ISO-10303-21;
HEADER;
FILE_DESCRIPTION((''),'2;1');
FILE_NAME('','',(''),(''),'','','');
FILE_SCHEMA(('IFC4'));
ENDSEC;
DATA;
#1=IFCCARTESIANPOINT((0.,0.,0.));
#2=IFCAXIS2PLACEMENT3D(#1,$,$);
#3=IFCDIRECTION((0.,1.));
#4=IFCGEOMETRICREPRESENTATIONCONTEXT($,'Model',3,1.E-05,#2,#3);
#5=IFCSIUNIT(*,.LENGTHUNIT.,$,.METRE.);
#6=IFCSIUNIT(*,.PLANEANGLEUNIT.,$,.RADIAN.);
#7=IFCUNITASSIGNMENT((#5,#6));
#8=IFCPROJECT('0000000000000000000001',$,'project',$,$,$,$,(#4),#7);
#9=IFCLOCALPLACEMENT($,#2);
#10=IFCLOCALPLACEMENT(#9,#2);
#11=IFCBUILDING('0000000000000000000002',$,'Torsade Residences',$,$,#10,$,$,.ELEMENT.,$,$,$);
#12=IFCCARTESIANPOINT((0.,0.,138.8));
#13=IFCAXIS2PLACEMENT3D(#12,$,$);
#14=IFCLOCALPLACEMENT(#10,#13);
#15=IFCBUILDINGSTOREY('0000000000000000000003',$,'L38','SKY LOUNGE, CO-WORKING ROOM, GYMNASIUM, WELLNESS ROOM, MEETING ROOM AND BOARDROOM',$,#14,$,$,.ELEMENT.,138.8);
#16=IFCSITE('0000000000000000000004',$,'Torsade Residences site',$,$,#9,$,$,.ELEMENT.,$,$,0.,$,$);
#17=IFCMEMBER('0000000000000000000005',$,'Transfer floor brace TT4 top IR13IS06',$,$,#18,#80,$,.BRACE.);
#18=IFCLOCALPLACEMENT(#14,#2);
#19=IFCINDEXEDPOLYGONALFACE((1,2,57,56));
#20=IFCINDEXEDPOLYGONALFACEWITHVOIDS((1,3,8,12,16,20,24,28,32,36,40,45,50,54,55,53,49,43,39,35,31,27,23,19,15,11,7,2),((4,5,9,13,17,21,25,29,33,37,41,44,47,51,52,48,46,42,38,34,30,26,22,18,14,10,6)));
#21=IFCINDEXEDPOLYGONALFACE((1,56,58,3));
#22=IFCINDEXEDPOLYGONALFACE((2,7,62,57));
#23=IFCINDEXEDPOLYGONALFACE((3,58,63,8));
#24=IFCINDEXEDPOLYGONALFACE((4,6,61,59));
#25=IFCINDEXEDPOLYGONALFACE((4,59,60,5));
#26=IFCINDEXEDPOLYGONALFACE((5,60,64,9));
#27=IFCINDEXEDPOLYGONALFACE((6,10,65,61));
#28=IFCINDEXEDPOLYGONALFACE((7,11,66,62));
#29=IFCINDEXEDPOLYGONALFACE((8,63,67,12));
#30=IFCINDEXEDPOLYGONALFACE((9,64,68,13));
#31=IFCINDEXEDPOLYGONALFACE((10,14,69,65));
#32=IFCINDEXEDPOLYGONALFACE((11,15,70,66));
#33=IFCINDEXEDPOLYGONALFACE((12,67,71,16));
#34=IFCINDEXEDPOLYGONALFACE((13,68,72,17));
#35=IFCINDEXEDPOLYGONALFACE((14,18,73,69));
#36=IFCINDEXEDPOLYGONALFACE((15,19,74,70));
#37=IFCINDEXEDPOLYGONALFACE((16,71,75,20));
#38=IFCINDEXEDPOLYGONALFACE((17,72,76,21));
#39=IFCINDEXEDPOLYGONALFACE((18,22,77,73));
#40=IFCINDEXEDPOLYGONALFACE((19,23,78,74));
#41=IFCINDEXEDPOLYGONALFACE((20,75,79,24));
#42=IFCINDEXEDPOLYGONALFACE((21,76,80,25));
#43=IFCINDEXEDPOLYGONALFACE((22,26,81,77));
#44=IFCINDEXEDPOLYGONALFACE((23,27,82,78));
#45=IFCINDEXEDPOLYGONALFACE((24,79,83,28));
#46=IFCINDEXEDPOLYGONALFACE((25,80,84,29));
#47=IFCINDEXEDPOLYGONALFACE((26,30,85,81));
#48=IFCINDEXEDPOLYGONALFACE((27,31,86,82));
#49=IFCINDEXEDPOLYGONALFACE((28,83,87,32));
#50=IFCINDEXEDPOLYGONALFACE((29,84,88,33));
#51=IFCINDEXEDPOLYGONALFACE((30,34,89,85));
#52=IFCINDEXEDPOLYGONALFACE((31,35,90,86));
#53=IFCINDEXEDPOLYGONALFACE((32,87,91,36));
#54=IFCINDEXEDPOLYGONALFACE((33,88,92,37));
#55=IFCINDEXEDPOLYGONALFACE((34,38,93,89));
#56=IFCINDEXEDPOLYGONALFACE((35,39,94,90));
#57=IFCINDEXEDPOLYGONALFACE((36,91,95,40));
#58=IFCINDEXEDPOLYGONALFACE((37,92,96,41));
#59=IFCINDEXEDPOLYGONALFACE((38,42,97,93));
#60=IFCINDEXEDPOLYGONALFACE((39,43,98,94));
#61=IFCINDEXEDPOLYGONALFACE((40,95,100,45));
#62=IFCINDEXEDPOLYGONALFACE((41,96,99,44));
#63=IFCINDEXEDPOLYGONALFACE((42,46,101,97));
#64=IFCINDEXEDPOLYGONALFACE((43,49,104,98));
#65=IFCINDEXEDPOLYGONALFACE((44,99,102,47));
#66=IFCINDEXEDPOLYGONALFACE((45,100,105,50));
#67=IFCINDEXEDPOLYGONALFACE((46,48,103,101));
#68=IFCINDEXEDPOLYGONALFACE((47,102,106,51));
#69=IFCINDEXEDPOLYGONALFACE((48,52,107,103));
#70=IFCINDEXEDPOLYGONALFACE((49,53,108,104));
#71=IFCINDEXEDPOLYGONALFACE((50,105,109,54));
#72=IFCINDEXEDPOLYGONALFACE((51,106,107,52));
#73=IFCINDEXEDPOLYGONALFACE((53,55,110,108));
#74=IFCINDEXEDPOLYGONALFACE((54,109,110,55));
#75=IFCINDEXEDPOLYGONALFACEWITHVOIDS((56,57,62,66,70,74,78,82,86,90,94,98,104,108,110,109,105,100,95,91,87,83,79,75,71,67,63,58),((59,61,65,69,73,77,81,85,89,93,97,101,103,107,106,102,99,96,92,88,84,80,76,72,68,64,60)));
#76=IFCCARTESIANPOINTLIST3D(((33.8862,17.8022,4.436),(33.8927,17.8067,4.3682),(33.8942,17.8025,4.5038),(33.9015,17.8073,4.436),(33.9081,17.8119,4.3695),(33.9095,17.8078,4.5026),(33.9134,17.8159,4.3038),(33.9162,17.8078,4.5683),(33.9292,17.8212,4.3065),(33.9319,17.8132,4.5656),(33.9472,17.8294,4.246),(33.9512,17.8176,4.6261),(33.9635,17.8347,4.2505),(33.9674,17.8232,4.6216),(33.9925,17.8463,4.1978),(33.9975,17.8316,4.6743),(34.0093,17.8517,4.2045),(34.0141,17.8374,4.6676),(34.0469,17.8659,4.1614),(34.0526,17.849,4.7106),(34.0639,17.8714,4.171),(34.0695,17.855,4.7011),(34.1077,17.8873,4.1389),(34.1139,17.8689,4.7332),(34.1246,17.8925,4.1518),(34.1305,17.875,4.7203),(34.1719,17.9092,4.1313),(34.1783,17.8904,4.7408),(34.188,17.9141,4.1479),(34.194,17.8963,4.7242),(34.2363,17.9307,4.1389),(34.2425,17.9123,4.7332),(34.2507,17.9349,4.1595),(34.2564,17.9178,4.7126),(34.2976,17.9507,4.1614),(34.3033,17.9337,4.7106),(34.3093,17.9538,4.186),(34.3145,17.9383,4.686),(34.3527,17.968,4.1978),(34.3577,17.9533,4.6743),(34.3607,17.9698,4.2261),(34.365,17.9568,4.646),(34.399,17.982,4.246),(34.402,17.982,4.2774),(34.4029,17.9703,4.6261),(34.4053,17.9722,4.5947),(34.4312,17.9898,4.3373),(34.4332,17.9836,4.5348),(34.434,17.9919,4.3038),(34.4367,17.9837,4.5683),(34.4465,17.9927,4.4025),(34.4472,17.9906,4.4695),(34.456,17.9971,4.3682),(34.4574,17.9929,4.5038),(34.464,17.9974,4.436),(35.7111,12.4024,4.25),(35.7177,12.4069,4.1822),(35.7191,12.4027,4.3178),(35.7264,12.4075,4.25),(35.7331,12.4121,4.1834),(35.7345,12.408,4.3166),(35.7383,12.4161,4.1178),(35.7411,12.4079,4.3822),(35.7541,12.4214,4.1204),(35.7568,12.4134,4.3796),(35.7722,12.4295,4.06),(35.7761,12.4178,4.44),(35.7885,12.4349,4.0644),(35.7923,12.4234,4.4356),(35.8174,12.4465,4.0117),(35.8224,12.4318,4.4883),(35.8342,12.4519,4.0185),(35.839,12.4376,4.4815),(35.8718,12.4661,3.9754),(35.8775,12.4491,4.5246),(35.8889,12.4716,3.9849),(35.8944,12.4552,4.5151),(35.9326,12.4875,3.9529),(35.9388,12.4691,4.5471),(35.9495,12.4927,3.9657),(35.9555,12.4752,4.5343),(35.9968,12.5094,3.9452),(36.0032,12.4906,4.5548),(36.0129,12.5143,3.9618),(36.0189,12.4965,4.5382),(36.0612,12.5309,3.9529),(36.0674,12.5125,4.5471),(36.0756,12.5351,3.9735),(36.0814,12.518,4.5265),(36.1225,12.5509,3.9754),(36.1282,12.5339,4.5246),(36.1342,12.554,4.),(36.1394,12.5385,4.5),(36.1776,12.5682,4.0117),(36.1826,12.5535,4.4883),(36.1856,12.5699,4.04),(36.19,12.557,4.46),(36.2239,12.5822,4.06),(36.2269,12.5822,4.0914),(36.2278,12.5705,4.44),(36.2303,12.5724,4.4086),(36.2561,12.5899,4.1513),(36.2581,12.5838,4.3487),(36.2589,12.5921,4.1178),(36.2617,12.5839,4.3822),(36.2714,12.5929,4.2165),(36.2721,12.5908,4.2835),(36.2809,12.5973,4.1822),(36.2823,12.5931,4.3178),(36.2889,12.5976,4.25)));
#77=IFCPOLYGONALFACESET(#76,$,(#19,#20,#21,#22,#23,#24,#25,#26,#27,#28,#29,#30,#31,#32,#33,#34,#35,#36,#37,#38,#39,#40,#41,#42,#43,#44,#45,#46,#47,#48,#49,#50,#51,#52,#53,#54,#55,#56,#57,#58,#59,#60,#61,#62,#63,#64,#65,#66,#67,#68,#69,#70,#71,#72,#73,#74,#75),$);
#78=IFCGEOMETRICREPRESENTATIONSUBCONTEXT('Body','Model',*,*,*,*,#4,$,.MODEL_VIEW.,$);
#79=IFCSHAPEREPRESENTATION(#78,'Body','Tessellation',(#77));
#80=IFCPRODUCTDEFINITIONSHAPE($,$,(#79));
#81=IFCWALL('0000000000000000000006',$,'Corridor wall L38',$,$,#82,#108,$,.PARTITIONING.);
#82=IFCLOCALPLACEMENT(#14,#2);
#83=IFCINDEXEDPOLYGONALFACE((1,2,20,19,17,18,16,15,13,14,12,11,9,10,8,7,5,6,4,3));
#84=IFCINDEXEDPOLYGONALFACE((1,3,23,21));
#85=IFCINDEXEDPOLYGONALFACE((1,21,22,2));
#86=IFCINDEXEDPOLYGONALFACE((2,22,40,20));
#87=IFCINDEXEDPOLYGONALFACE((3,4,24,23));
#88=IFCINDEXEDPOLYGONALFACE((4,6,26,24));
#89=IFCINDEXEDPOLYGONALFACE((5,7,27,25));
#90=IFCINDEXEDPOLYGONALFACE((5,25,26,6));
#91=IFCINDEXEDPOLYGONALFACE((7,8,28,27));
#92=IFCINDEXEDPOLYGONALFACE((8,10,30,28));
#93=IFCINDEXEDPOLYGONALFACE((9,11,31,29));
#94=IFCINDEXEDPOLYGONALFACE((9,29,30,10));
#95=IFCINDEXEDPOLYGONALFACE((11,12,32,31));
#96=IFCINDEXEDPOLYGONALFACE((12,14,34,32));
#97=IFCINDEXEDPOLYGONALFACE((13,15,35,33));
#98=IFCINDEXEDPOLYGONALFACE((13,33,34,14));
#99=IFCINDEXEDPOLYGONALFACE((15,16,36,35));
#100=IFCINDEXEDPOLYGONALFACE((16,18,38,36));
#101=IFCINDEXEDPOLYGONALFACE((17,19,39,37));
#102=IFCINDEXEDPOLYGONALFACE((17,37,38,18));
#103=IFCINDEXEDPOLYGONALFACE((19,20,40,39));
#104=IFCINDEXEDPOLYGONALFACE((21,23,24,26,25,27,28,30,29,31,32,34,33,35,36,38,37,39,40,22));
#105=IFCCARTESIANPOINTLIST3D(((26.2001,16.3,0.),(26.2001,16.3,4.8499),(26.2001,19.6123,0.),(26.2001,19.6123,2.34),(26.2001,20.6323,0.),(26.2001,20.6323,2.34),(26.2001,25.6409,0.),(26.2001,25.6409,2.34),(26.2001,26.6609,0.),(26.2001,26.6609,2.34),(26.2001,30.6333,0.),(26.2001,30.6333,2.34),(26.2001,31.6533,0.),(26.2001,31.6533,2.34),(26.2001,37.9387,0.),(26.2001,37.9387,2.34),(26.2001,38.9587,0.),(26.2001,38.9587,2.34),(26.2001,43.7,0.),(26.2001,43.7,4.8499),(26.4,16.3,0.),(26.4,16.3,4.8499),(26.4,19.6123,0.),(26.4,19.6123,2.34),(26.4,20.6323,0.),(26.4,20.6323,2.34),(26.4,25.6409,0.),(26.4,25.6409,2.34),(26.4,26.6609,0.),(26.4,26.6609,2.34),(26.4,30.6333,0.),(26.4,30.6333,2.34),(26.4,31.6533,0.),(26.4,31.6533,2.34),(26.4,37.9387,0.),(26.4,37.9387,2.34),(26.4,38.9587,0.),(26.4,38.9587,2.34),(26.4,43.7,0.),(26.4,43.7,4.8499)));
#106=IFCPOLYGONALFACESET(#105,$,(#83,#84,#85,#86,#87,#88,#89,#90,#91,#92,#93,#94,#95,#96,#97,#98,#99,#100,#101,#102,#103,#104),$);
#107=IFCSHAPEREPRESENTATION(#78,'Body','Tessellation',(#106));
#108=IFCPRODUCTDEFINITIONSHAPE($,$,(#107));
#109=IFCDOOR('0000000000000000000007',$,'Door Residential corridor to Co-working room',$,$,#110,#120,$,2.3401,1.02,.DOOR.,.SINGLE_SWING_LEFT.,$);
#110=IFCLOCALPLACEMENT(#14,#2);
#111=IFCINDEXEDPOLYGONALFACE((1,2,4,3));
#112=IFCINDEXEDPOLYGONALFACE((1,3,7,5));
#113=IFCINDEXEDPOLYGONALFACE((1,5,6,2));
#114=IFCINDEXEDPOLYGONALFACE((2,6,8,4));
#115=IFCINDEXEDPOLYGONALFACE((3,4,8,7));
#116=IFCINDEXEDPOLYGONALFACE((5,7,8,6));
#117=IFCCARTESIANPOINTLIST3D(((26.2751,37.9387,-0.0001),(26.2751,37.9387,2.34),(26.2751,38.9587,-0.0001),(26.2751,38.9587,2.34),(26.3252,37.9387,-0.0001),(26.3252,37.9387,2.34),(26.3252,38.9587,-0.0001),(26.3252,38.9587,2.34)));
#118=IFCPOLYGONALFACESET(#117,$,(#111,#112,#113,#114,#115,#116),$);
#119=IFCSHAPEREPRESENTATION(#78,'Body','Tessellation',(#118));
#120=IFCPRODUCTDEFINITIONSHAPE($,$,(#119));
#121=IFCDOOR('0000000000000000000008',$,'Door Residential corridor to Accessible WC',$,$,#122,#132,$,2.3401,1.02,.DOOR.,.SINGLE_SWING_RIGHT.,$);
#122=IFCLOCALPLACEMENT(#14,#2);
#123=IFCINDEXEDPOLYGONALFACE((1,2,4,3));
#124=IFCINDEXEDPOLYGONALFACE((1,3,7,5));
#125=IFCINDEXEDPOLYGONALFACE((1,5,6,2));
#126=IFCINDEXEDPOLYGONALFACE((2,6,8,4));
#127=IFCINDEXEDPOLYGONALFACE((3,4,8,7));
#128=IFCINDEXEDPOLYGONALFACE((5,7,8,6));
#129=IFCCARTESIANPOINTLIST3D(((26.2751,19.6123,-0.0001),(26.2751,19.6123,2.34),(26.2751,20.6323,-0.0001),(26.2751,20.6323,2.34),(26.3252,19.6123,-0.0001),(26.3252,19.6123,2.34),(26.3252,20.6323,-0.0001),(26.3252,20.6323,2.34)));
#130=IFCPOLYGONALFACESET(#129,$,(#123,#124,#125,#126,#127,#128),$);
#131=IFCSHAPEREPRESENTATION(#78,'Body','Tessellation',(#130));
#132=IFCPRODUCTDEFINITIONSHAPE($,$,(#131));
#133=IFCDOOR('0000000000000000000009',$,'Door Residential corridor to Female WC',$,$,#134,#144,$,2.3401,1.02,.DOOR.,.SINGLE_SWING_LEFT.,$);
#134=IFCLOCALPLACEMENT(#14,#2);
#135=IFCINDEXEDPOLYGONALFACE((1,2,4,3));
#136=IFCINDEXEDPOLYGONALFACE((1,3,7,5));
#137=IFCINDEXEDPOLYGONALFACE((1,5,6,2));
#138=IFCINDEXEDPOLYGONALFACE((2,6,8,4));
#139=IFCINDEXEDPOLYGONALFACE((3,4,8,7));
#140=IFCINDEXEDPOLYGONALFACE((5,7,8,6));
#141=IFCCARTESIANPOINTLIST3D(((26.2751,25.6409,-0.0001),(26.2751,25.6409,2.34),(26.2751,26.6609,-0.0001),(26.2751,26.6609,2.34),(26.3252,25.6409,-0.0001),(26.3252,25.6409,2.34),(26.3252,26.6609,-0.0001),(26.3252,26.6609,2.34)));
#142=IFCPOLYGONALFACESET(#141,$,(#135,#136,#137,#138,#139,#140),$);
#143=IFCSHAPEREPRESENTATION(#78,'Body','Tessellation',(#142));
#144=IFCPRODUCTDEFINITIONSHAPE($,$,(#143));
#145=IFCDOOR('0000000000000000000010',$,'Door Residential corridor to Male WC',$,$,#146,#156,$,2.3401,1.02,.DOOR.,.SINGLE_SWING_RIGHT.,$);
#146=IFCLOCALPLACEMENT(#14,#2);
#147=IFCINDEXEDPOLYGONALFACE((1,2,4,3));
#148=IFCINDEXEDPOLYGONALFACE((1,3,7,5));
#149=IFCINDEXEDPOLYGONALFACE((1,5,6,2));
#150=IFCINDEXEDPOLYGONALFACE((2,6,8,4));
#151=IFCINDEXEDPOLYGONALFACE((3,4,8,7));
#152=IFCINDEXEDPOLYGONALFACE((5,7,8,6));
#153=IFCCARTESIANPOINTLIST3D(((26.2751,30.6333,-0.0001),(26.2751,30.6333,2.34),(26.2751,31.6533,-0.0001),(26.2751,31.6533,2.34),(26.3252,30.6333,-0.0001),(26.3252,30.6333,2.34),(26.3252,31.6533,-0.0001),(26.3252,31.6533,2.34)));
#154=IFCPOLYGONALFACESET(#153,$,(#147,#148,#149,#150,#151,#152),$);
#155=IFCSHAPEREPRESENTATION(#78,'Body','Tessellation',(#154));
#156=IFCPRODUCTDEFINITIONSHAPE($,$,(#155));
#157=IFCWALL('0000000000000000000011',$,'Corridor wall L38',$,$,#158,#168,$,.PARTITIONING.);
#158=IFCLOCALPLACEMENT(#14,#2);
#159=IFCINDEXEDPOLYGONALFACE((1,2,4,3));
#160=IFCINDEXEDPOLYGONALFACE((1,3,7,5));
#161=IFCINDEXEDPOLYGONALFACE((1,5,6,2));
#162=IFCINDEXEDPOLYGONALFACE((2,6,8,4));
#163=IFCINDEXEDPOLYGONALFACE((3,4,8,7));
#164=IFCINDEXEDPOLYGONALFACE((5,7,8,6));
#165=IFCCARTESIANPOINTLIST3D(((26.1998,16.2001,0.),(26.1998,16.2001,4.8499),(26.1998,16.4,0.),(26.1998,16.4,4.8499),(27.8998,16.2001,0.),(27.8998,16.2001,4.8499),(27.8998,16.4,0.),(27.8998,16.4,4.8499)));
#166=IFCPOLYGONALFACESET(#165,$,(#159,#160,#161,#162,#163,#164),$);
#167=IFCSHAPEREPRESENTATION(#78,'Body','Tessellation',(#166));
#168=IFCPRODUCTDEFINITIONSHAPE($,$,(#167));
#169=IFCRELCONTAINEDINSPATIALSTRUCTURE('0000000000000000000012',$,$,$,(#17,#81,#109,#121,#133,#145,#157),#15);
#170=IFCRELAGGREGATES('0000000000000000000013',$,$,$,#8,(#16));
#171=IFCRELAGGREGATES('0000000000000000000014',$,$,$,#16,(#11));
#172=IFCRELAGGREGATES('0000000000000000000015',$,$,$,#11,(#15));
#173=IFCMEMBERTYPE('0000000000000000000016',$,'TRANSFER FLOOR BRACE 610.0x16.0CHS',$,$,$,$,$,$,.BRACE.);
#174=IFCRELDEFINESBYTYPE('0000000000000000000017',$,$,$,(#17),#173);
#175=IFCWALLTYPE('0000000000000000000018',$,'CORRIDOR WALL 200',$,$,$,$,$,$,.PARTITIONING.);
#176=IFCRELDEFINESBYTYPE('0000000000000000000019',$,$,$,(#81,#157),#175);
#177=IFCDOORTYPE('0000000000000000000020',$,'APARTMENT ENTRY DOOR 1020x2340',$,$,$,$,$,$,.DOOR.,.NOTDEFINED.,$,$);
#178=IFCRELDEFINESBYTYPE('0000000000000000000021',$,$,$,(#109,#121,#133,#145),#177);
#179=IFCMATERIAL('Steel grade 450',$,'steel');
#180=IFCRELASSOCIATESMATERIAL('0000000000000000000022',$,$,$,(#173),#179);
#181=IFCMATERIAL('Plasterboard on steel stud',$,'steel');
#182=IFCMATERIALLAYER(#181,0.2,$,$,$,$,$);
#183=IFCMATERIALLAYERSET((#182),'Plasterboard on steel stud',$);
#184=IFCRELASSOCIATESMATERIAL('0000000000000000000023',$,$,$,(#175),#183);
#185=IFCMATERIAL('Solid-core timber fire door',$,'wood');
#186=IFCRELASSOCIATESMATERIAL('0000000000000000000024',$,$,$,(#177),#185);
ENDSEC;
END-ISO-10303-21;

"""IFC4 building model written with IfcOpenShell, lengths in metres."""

from ifc_helpers import new_model, si_unit, direction, frame, frame_2d, origin, origin_2d, place, context, subcontext, project, spatial, rectangle, hollow_circle, extrude, material, layer, layer_set, material_profile, profile_set, type_object, element, fill, save


model = new_model("IFC4")

# Units and contexts
model_context = context("Model", 3, precision=1e-05, world=origin(), true_north=direction((0.0, 1.0)))
body_context = subcontext(model_context, "Body", "Model", "MODEL_VIEW")
ifc_project = project(units=[si_unit("LENGTHUNIT", "METRE"), si_unit("PLANEANGLEUNIT", "RADIAN")], contexts=[model_context])

# Site, building, storey
site_placement = place(None, origin())
site = spatial("IfcSite", under=ifc_project, at=site_placement, Name="Torsade Residences site", CompositionType="ELEMENT", RefElevation=0.0)
building_placement = place(site_placement, origin())
building = spatial("IfcBuilding", under=site, at=building_placement, Name="Torsade Residences", CompositionType="ELEMENT")
storey_placement = place(building_placement, frame((0.0, 0.0, 138.8)))
storey = spatial("IfcBuildingStorey", under=building, at=storey_placement, Name="L38", Description="SKY LOUNGE, CO-WORKING ROOM, GYMNASIUM, WELLNESS ROOM, MEETING ROOM AND BOARDROOM", CompositionType="ELEMENT", Elevation=138.8)

# Member
ifc_material_1 = material(Name="Steel grade 450", Category="steel")
ifc_material_profile_1 = material_profile(ifc_material_1, hollow_circle(Radius=0.3049, WallThickness=0.0161, at=origin_2d()), Name="610.0x16.0CHS")
ifc_profile_set_1 = profile_set([ifc_material_profile_1], Name="Steel grade 450")
member_type = type_object("IfcMemberType", Name="TRANSFER FLOOR BRACE 610.0x16.0CHS", PredefinedType="BRACE", material=ifc_profile_set_1)
member_1_placement = place(storey_placement, frame((36.0, 12.5, 4.25), z_axis=(-0.319999, 0.946856, 0.032621), x_axis=(-0.94736, -0.32017, 0.0)))
element("IfcMember", 1, at=member_1_placement, inside=storey, type_object=member_type, Name="Transfer floor brace TT4 top IR13IS06", PredefinedType="BRACE", context=body_context, shape_type="SweptSolid", body=[
    extrude(hollow_circle(Radius=0.3049, WallThickness=0.0161, at=origin_2d()), origin(), (0.0, 0.0, 1.0), 5.7029),
])

# Wall, openings, doors
ifc_material_2 = material(Name="Plasterboard on steel stud", Category="steel")
ifc_layer_1 = layer(ifc_material_2, 0.2)
ifc_layer_set_1 = layer_set([ifc_layer_1], Name="Plasterboard on steel stud")
wall_type_1 = type_object("IfcWallType", Name="CORRIDOR WALL 200", PredefinedType="PARTITIONING", material=ifc_layer_set_1)
wall_1_placement = place(storey_placement, frame((26.3, 16.3, 0.0), z_axis=(0.0, 0.0, 1.0), x_axis=(0.0, 1.0, 0.0)))
wall_1 = element("IfcWall", 2, at=wall_1_placement, inside=storey, type_object=wall_type_1, Name="Corridor wall L38", PredefinedType="PARTITIONING", context=body_context, shape_type="SweptSolid", body=[
    extrude(rectangle(XDim=27.3999, YDim=0.2, at=frame_2d((13.7, 0.0))), origin(), (0.0, 0.0, 1.0), 4.8499),
])
opening_1_placement = place(wall_1_placement, frame((21.6387, 0.0, 0.0)))
opening_1 = element("IfcOpeningElement", 3, at=opening_1_placement, cuts=wall_1, PredefinedType="OPENING", context=body_context, shape_type="SweptSolid", body=[
    extrude(rectangle(XDim=1.02, YDim=2.3401, at=frame_2d((0.51, 1.1699))), frame((0.0, 0.1099, 0.0), z_axis=(0.0, -1.0, 0.0), x_axis=(1.0, 0.0, 0.0)), (0.0, 0.0, 1.0), 0.22),
])
opening_2_placement = place(wall_1_placement, frame((3.3123, 0.0, 0.0)))
opening_2 = element("IfcOpeningElement", 4, at=opening_2_placement, cuts=wall_1, PredefinedType="OPENING", context=body_context, shape_type="SweptSolid", body=[
    extrude(rectangle(XDim=1.02, YDim=2.3401, at=frame_2d((0.51, 1.1699))), frame((0.0, 0.1099, 0.0), z_axis=(0.0, -1.0, 0.0), x_axis=(1.0, 0.0, 0.0)), (0.0, 0.0, 1.0), 0.22),
])
opening_3_placement = place(wall_1_placement, frame((9.3408, 0.0, 0.0)))
opening_3 = element("IfcOpeningElement", 5, at=opening_3_placement, cuts=wall_1, PredefinedType="OPENING", context=body_context, shape_type="SweptSolid", body=[
    extrude(rectangle(XDim=1.02, YDim=2.3401, at=frame_2d((0.51, 1.1699))), frame((0.0, 0.1099, 0.0), z_axis=(0.0, -1.0, 0.0), x_axis=(1.0, 0.0, 0.0)), (0.0, 0.0, 1.0), 0.22),
])
opening_4_placement = place(wall_1_placement, frame((14.3333, 0.0, 0.0)))
opening_4 = element("IfcOpeningElement", 6, at=opening_4_placement, cuts=wall_1, PredefinedType="OPENING", context=body_context, shape_type="SweptSolid", body=[
    extrude(rectangle(XDim=1.02, YDim=2.3401, at=frame_2d((0.51, 1.1699))), frame((0.0, 0.1099, 0.0), z_axis=(0.0, -1.0, 0.0), x_axis=(1.0, 0.0, 0.0)), (0.0, 0.0, 1.0), 0.22),
])
ifc_material_3 = material(Name="Solid-core timber fire door", Category="wood")
door_type_1 = type_object("IfcDoorType", Name="APARTMENT ENTRY DOOR 1020x2340", OperationType="NOTDEFINED", PredefinedType="DOOR", material=ifc_material_3)
door_1_placement = place(opening_1_placement, origin())
door_1 = element("IfcDoor", 7, at=door_1_placement, inside=storey, type_object=door_type_1, Name="Door Residential corridor to Co-working room", OperationType="SINGLE_SWING_LEFT", OverallHeight=2.3401, OverallWidth=1.02, PredefinedType="DOOR", context=body_context, shape_type="SweptSolid", body=[
    extrude(rectangle(XDim=1.02, YDim=2.3401, at=frame_2d((0.51, 1.1699))), frame((0.0, 0.0249, 0.0), z_axis=(0.0, -1.0, 0.0), x_axis=(1.0, 0.0, 0.0)), (0.0, 0.0, 1.0), 0.05),
])
fill(opening_1, door_1)
door_2_placement = place(opening_2_placement, origin())
door_2 = element("IfcDoor", 8, at=door_2_placement, inside=storey, type_object=door_type_1, Name="Door Residential corridor to Accessible WC", OperationType="SINGLE_SWING_RIGHT", OverallHeight=2.3401, OverallWidth=1.02, PredefinedType="DOOR", context=body_context, shape_type="SweptSolid", body=[
    extrude(rectangle(XDim=1.02, YDim=2.3401, at=frame_2d((0.51, 1.1699))), frame((0.0, 0.0249, 0.0), z_axis=(0.0, -1.0, 0.0), x_axis=(1.0, 0.0, 0.0)), (0.0, 0.0, 1.0), 0.05),
])
fill(opening_2, door_2)
door_3_placement = place(opening_3_placement, origin())
door_3 = element("IfcDoor", 9, at=door_3_placement, inside=storey, type_object=door_type_1, Name="Door Residential corridor to Female WC", OperationType="SINGLE_SWING_LEFT", OverallHeight=2.3401, OverallWidth=1.02, PredefinedType="DOOR", context=body_context, shape_type="SweptSolid", body=[
    extrude(rectangle(XDim=1.02, YDim=2.3401, at=frame_2d((0.51, 1.1699))), frame((0.0, 0.0249, 0.0), z_axis=(0.0, -1.0, 0.0), x_axis=(1.0, 0.0, 0.0)), (0.0, 0.0, 1.0), 0.05),
])
fill(opening_3, door_3)
door_4_placement = place(opening_4_placement, origin())
door_4 = element("IfcDoor", 10, at=door_4_placement, inside=storey, type_object=door_type_1, Name="Door Residential corridor to Male WC", OperationType="SINGLE_SWING_RIGHT", OverallHeight=2.3401, OverallWidth=1.02, PredefinedType="DOOR", context=body_context, shape_type="SweptSolid", body=[
    extrude(rectangle(XDim=1.02, YDim=2.3401, at=frame_2d((0.51, 1.1699))), frame((0.0, 0.0249, 0.0), z_axis=(0.0, -1.0, 0.0), x_axis=(1.0, 0.0, 0.0)), (0.0, 0.0, 1.0), 0.05),
])
fill(opening_4, door_4)

# Wall
wall_2_placement = place(storey_placement, frame((27.8999, 16.3, 0.0), z_axis=(0.0, 0.0, 1.0), x_axis=(-1.0, 0.0, 0.0)))
element("IfcWall", 11, at=wall_2_placement, inside=storey, type_object=wall_type_1, Name="Corridor wall L38", PredefinedType="PARTITIONING", context=body_context, shape_type="SweptSolid", body=[
    extrude(rectangle(XDim=1.7, YDim=0.2, at=frame_2d((0.8501, 0.0))), origin(), (0.0, 0.0, 1.0), 4.8499),
])

save(model, "model.ifc")
